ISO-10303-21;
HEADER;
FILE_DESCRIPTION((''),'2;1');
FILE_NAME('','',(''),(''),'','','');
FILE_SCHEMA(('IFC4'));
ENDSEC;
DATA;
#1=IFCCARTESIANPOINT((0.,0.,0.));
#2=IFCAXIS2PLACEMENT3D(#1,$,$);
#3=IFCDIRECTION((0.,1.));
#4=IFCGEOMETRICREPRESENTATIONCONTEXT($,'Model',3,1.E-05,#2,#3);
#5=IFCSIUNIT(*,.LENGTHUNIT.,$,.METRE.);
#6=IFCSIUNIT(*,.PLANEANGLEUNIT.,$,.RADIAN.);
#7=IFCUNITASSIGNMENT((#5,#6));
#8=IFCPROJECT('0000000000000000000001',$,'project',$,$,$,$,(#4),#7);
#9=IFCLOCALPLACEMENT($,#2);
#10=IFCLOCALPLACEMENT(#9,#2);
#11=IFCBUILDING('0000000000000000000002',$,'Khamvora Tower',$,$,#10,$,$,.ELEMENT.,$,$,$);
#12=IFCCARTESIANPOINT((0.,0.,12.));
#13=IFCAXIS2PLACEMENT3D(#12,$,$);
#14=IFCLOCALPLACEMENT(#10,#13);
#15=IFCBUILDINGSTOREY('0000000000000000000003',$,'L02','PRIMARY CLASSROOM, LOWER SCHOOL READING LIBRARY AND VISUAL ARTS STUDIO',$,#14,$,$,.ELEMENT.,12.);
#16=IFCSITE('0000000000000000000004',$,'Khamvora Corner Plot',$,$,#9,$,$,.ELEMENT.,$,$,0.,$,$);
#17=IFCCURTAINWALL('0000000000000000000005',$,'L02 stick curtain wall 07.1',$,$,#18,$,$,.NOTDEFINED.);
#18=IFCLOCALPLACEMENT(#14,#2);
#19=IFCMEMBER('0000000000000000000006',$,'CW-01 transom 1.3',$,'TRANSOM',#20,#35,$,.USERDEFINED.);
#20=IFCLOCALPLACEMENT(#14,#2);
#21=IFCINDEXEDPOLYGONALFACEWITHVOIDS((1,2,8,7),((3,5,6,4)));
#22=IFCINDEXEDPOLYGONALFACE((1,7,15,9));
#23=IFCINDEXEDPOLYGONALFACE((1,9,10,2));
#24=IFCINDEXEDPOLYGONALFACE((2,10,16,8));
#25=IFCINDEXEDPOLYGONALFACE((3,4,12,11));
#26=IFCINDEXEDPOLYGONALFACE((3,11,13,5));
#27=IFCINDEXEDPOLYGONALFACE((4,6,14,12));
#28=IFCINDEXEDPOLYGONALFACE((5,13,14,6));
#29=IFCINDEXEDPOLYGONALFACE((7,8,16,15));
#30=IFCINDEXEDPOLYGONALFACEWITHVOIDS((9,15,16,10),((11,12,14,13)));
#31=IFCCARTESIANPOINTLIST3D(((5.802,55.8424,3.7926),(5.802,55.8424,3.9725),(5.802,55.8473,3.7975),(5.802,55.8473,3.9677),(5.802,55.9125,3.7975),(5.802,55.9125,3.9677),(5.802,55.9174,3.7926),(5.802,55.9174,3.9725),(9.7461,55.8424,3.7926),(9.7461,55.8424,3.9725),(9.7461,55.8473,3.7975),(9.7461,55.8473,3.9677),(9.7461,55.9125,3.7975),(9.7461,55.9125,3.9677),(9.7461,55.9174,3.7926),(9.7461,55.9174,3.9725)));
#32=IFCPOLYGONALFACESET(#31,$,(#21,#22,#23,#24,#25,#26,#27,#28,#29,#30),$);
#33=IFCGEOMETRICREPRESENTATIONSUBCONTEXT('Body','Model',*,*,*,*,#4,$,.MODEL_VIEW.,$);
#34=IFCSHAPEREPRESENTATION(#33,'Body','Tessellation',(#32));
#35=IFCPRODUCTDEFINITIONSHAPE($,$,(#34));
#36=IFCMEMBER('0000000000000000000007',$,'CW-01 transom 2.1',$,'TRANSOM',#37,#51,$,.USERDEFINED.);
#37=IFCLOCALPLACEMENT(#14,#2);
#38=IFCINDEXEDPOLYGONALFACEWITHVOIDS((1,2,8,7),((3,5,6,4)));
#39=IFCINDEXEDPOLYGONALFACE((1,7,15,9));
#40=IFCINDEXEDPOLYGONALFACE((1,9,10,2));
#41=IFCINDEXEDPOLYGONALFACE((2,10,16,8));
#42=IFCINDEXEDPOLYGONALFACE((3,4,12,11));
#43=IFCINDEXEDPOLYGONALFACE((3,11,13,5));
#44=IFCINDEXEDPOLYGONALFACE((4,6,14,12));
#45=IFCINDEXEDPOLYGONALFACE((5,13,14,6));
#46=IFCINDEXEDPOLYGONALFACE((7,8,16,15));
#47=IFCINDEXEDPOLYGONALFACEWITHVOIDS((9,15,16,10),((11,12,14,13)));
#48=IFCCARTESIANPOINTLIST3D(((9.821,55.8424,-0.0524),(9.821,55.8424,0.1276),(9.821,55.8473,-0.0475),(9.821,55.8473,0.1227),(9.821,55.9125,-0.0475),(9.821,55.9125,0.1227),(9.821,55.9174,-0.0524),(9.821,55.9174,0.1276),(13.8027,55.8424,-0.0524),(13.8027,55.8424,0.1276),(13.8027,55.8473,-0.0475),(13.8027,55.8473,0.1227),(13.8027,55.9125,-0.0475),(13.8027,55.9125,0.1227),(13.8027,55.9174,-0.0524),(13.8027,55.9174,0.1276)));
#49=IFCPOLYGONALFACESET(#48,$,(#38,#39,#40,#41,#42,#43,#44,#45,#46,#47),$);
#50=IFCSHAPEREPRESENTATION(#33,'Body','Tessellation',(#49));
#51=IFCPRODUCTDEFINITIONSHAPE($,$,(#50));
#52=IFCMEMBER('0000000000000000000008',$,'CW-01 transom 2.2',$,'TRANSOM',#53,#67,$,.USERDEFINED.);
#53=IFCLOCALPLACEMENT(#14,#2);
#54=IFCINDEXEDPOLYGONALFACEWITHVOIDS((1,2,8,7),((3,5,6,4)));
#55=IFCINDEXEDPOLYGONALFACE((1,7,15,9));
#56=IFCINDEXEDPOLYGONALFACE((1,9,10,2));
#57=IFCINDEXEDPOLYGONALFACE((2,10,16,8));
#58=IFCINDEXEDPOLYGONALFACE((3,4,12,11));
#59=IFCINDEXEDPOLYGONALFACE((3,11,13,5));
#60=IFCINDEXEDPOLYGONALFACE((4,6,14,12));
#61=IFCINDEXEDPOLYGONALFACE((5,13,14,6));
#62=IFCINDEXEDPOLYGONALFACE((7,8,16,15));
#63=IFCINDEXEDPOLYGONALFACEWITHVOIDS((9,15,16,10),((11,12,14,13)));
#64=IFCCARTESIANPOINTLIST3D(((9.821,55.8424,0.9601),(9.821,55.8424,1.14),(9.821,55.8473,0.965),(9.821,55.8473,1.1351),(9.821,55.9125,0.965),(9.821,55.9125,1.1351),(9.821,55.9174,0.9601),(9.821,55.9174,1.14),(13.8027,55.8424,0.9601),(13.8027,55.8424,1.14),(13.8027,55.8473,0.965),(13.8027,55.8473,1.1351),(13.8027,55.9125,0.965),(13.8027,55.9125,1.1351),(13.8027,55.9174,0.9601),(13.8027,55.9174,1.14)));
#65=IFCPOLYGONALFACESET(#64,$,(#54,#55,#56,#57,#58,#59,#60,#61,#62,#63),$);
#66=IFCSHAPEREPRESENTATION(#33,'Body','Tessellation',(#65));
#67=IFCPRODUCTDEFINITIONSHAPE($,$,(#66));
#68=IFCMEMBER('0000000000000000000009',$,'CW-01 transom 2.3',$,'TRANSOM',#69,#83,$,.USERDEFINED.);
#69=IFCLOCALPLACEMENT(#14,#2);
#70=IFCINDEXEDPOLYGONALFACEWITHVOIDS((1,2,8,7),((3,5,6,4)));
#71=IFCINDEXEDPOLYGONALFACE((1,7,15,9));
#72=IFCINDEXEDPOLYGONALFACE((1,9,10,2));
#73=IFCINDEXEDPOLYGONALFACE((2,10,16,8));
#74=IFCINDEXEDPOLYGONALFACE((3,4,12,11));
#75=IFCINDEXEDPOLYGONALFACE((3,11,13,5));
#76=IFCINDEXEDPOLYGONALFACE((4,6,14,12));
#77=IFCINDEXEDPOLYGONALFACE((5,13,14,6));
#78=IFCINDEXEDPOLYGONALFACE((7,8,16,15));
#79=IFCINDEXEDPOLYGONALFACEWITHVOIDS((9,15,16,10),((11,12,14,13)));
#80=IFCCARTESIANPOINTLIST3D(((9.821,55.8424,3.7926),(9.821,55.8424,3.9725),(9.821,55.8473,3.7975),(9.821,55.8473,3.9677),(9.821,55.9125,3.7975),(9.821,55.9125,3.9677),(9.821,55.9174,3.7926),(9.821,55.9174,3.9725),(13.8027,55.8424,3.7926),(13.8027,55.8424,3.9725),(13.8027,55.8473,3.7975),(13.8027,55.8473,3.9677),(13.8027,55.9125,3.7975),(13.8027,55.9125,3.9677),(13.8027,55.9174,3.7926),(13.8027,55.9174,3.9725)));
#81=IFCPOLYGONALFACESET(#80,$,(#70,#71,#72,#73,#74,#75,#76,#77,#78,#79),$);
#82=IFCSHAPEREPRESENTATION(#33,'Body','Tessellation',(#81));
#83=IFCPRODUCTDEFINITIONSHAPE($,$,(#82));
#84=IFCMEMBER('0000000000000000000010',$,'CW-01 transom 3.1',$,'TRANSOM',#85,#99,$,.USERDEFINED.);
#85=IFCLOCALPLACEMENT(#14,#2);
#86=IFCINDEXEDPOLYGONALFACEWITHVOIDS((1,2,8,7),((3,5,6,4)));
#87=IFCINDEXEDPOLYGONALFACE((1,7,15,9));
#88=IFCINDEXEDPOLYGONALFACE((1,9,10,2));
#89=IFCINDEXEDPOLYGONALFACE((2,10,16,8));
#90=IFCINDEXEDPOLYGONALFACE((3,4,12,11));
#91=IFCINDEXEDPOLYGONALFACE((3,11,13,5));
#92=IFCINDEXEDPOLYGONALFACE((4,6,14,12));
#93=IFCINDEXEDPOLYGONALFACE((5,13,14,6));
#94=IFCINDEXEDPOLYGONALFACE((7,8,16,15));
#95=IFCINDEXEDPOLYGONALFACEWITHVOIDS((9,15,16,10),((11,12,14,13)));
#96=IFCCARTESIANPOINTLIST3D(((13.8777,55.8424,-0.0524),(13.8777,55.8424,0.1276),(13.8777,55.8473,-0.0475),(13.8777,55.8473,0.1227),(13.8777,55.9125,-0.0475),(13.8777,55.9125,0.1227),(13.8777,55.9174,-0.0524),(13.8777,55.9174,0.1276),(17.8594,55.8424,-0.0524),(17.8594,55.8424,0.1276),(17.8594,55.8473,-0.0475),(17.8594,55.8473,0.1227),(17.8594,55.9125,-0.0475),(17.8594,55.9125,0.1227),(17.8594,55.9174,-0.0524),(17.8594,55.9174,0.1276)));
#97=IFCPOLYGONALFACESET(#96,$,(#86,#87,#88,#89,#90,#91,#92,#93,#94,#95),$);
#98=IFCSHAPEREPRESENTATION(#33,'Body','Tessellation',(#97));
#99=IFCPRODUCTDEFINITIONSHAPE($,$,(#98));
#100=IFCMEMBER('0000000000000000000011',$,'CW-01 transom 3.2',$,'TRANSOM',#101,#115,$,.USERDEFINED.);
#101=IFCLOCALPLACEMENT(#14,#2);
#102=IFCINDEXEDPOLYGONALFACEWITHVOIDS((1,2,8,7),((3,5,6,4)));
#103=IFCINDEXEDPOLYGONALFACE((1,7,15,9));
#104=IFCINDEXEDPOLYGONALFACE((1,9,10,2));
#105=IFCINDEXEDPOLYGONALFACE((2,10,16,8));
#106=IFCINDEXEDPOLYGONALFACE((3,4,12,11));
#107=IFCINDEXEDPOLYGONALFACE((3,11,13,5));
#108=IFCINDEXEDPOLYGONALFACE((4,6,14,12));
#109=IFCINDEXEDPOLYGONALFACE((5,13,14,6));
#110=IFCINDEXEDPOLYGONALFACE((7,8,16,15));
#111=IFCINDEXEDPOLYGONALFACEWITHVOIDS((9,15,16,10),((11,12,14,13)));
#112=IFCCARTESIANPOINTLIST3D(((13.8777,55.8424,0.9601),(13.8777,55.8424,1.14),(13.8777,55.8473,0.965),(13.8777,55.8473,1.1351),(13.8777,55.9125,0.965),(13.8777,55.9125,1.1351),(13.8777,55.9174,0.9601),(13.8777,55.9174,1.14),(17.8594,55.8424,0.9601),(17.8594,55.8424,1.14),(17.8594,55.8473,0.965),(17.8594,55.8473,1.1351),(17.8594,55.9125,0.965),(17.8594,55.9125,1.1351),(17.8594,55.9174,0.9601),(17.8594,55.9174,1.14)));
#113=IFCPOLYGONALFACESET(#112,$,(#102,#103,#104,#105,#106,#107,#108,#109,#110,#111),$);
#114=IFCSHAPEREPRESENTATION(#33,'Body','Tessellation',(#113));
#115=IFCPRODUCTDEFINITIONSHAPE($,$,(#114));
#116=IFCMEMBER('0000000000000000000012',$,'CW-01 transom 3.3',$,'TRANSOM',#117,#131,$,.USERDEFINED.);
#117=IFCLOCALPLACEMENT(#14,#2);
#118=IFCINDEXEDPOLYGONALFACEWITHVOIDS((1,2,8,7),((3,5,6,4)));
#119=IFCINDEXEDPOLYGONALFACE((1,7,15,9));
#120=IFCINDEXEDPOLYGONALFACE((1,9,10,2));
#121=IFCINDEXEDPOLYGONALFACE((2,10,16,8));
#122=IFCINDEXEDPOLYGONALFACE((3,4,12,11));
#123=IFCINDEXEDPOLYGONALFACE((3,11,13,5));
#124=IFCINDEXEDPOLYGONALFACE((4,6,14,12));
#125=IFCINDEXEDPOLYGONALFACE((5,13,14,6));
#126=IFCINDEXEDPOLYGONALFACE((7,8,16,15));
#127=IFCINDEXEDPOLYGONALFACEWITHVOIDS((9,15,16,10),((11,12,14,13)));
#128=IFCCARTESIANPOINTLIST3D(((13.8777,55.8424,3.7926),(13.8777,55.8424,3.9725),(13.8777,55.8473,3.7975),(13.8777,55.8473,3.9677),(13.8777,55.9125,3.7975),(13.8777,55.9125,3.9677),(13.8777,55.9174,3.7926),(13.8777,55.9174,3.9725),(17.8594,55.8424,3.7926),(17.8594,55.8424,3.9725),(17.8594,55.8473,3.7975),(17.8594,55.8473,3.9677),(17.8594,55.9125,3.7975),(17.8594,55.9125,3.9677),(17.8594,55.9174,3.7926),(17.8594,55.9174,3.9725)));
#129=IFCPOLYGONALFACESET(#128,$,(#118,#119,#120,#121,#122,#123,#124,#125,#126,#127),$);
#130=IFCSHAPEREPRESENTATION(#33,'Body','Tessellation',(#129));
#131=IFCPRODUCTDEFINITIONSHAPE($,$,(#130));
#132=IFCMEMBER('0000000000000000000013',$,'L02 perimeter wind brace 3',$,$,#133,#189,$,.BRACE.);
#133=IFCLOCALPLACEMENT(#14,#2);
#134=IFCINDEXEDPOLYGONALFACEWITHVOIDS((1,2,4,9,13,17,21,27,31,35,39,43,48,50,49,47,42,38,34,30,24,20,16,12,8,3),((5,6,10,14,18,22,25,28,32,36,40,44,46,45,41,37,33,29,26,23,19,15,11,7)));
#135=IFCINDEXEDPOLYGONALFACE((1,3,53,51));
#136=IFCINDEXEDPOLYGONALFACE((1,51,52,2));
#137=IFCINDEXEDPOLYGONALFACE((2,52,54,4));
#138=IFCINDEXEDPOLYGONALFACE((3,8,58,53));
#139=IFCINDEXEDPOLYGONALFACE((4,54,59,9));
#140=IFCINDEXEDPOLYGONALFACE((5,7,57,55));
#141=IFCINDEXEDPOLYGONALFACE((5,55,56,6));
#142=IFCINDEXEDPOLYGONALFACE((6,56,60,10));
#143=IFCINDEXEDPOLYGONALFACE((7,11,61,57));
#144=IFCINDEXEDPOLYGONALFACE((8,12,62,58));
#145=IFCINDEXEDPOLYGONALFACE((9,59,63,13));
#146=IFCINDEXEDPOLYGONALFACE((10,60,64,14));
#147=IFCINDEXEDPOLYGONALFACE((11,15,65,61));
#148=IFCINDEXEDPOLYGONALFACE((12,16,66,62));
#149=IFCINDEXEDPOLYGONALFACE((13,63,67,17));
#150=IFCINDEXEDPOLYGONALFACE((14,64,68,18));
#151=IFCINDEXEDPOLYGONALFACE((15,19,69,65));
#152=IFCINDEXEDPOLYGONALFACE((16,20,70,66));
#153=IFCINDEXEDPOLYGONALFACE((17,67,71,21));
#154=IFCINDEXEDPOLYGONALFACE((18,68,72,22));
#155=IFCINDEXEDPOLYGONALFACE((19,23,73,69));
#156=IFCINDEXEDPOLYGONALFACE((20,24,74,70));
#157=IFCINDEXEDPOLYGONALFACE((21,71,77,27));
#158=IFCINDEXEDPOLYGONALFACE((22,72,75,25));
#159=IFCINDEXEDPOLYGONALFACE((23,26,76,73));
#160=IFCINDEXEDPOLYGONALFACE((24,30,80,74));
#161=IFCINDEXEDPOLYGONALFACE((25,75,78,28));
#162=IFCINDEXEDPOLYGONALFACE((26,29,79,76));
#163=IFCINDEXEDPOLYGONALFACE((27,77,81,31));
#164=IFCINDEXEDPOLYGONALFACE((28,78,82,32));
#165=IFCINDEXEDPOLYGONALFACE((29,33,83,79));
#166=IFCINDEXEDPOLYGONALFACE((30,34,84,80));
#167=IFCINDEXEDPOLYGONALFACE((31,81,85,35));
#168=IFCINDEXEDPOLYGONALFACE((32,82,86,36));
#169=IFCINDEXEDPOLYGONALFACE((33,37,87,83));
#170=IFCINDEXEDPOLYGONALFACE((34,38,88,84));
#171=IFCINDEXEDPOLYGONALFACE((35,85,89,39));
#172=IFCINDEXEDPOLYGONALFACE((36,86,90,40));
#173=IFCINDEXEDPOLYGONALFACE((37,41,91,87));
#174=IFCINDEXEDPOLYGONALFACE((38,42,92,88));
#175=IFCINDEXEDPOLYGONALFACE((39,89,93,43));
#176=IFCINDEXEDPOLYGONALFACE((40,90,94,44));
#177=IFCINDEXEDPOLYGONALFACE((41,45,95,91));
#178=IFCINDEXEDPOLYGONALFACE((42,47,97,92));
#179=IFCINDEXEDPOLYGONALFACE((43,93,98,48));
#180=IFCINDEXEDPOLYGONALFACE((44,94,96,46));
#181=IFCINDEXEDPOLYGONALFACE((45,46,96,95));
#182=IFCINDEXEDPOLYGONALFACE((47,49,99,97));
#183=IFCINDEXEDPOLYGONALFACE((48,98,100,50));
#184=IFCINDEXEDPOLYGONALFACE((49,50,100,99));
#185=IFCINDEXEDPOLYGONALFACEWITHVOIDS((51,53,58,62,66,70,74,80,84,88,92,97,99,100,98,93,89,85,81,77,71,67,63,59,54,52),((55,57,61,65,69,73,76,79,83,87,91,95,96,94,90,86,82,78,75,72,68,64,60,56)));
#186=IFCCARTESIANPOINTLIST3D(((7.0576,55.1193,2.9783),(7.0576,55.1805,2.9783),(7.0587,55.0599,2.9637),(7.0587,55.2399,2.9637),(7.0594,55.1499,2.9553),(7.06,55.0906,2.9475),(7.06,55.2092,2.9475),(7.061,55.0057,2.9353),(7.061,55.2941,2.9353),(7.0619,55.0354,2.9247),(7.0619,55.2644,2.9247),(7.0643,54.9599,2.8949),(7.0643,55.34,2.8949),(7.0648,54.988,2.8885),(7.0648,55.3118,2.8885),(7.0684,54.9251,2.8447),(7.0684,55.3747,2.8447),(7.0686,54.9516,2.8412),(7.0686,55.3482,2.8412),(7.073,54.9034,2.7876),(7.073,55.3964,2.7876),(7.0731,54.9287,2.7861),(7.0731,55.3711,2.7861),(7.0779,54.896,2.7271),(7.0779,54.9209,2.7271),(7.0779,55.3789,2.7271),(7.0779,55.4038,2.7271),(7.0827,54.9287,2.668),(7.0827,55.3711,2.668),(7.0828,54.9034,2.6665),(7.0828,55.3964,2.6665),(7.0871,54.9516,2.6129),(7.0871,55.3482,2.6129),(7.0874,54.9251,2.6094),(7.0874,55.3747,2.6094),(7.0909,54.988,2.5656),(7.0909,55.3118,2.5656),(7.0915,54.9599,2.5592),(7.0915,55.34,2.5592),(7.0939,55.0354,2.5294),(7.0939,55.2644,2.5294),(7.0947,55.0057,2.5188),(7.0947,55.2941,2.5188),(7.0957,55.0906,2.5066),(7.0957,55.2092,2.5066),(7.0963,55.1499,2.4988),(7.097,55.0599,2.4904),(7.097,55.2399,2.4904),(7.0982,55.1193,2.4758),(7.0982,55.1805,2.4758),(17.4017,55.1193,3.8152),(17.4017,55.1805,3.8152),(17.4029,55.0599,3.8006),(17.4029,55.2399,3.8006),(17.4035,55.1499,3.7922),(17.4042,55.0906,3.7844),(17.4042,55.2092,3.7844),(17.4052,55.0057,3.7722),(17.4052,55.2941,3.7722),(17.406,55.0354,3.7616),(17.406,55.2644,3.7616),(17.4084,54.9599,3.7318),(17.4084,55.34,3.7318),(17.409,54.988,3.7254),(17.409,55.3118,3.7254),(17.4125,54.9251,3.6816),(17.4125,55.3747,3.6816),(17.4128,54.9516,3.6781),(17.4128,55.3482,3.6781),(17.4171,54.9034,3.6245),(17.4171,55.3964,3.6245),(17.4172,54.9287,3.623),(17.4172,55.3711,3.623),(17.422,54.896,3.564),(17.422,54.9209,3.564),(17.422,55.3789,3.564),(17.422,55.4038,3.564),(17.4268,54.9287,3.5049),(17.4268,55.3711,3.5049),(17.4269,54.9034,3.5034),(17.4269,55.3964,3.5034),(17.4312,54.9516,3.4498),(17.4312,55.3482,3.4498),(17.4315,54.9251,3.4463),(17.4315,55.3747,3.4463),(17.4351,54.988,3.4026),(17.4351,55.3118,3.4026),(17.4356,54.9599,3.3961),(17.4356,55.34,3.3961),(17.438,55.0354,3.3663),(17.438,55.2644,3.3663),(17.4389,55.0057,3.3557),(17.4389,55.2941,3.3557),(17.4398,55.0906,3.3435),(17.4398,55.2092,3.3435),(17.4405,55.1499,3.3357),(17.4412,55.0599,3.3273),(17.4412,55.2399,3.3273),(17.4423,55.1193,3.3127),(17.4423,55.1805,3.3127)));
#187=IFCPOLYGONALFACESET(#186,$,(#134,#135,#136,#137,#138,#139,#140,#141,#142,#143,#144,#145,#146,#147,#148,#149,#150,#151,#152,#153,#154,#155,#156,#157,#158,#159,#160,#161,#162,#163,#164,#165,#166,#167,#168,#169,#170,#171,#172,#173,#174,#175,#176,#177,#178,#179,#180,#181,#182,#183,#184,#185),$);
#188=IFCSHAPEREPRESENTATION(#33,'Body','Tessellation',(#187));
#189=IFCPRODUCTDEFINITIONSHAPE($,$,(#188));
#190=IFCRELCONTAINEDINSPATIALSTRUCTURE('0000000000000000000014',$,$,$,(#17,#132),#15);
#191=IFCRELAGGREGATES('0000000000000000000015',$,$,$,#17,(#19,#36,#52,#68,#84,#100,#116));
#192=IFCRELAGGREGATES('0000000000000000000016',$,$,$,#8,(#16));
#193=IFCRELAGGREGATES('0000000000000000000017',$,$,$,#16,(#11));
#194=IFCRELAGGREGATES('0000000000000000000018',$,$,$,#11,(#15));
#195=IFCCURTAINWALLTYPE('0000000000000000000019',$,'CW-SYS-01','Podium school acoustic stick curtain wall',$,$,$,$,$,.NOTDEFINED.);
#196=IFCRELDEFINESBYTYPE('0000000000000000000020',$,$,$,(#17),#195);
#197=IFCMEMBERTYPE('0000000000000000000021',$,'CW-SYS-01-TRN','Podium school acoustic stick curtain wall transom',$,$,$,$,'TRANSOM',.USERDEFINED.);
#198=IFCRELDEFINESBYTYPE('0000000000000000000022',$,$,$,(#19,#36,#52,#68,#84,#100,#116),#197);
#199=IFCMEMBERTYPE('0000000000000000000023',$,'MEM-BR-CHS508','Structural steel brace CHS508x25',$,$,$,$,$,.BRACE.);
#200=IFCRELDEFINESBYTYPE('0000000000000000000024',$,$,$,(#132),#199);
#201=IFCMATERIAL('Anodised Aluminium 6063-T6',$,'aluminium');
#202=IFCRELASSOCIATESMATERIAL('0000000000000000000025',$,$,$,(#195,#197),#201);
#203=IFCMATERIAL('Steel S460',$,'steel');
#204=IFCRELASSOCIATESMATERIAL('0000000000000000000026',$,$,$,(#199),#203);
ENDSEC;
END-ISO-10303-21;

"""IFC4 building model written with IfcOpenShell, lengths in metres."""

from ifc_helpers import new_model, si_unit, direction, frame, origin, origin_2d, place, context, subcontext, project, spatial, hollow_rectangle, hollow_circle, extrude, material, material_profile, profile_set, type_object, element, aggregate, save


model = new_model("IFC4")

# Units and contexts
model_context = context("Model", 3, precision=1e-05, world=origin(), true_north=direction((0.0, 1.0)))
body_context = subcontext(model_context, "Body", "Model", "MODEL_VIEW")
ifc_project = project(units=[si_unit("LENGTHUNIT", "METRE"), si_unit("PLANEANGLEUNIT", "RADIAN")], contexts=[model_context])

# Site, building, storey
site_placement = place(None, origin())
site = spatial("IfcSite", under=ifc_project, at=site_placement, Name="Khamvora Corner Plot", CompositionType="ELEMENT", RefElevation=0.0)
building_placement = place(site_placement, origin())
building = spatial("IfcBuilding", under=site, at=building_placement, Name="Khamvora Tower", CompositionType="ELEMENT")
storey_placement = place(building_placement, frame((0.0, 0.0, 12.0)))
storey = spatial("IfcBuildingStorey", under=building, at=storey_placement, Name="L02", Description="PRIMARY CLASSROOM, LOWER SCHOOL READING LIBRARY AND VISUAL ARTS STUDIO", CompositionType="ELEMENT", Elevation=12.0)

# Shared definitions
ifc_material_1 = material(Name="Steel S460", Category="steel")

# Curtain wall, members
ifc_material_2 = material(Name="Anodised Aluminium 6063-T6", Category="aluminium")
curtain_wall_type = type_object("IfcCurtainWallType", Name="CW-SYS-01", Description="Podium school acoustic stick curtain wall", PredefinedType="NOTDEFINED", material=ifc_material_2)
curtain_wall_placement = place(storey_placement, origin())
curtain_wall = element("IfcCurtainWall", 1, at=curtain_wall_placement, inside=storey, type_object=curtain_wall_type, Name="L02 stick curtain wall 07.1", PredefinedType="NOTDEFINED")
ifc_material_profile_1 = material_profile(ifc_material_2, hollow_rectangle(XDim=0.075, YDim=0.1799, WallThickness=0.0049, at=origin_2d()), Name="TRN75x180x5")
ifc_profile_set_1 = profile_set([ifc_material_profile_1], Name="Anodised Aluminium 6063-T6")
member_type_1 = type_object("IfcMemberType", Name="CW-SYS-01-TRN", Description="Podium school acoustic stick curtain wall transom", ElementType="TRANSOM", PredefinedType="USERDEFINED", material=ifc_profile_set_1)
member_1_placement = place(storey_placement, frame((5.802, 55.8799, 3.8826), z_axis=(1.0, 0.0, 0.0), x_axis=(0.0, 1.0, 0.0)))
member_1 = element("IfcMember", 2, at=member_1_placement, type_object=member_type_1, Name="CW-01 transom 1.3", ObjectType="TRANSOM", PredefinedType="USERDEFINED", context=body_context, shape_type="SweptSolid", body=[
    extrude(hollow_rectangle(XDim=0.075, YDim=0.1799, WallThickness=0.0049, at=origin_2d()), origin(), (0.0, 0.0, 1.0), 3.9441),
])
member_2_placement = place(storey_placement, frame((9.821, 55.8799, 0.0376), z_axis=(1.0, 0.0, 0.0), x_axis=(0.0, 1.0, 0.0)))
member_2 = element("IfcMember", 3, at=member_2_placement, type_object=member_type_1, Name="CW-01 transom 2.1", ObjectType="TRANSOM", PredefinedType="USERDEFINED", context=body_context, shape_type="SweptSolid", body=[
    extrude(hollow_rectangle(XDim=0.075, YDim=0.1799, WallThickness=0.0049, at=origin_2d()), origin(), (0.0, 0.0, 1.0), 3.9817),
])
member_3_placement = place(storey_placement, frame((9.821, 55.8799, 1.05), z_axis=(1.0, 0.0, 0.0), x_axis=(0.0, 1.0, 0.0)))
member_3 = element("IfcMember", 4, at=member_3_placement, type_object=member_type_1, Name="CW-01 transom 2.2", ObjectType="TRANSOM", PredefinedType="USERDEFINED", context=body_context, shape_type="SweptSolid", body=[
    extrude(hollow_rectangle(XDim=0.075, YDim=0.1799, WallThickness=0.0049, at=origin_2d()), origin(), (0.0, 0.0, 1.0), 3.9817),
])
member_4_placement = place(storey_placement, frame((9.821, 55.8799, 3.8826), z_axis=(1.0, 0.0, 0.0), x_axis=(0.0, 1.0, 0.0)))
member_4 = element("IfcMember", 5, at=member_4_placement, type_object=member_type_1, Name="CW-01 transom 2.3", ObjectType="TRANSOM", PredefinedType="USERDEFINED", context=body_context, shape_type="SweptSolid", body=[
    extrude(hollow_rectangle(XDim=0.075, YDim=0.1799, WallThickness=0.0049, at=origin_2d()), origin(), (0.0, 0.0, 1.0), 3.9817),
])
member_5_placement = place(storey_placement, frame((13.8777, 55.8799, 0.0376), z_axis=(1.0, 0.0, 0.0), x_axis=(0.0, 1.0, 0.0)))
member_5 = element("IfcMember", 6, at=member_5_placement, type_object=member_type_1, Name="CW-01 transom 3.1", ObjectType="TRANSOM", PredefinedType="USERDEFINED", context=body_context, shape_type="SweptSolid", body=[
    extrude(hollow_rectangle(XDim=0.075, YDim=0.1799, WallThickness=0.0049, at=origin_2d()), origin(), (0.0, 0.0, 1.0), 3.9817),
])
member_6_placement = place(storey_placement, frame((13.8777, 55.8799, 1.05), z_axis=(1.0, 0.0, 0.0), x_axis=(0.0, 1.0, 0.0)))
member_6 = element("IfcMember", 7, at=member_6_placement, type_object=member_type_1, Name="CW-01 transom 3.2", ObjectType="TRANSOM", PredefinedType="USERDEFINED", context=body_context, shape_type="SweptSolid", body=[
    extrude(hollow_rectangle(XDim=0.075, YDim=0.1799, WallThickness=0.0049, at=origin_2d()), origin(), (0.0, 0.0, 1.0), 3.9817),
])
member_7_placement = place(storey_placement, frame((13.8777, 55.8799, 3.8826), z_axis=(1.0, 0.0, 0.0), x_axis=(0.0, 1.0, 0.0)))
member_7 = element("IfcMember", 8, at=member_7_placement, type_object=member_type_1, Name="CW-01 transom 3.3", ObjectType="TRANSOM", PredefinedType="USERDEFINED", context=body_context, shape_type="SweptSolid", body=[
    extrude(hollow_rectangle(XDim=0.075, YDim=0.1799, WallThickness=0.0049, at=origin_2d()), origin(), (0.0, 0.0, 1.0), 3.9817),
])

# Member
ifc_material_profile_2 = material_profile(ifc_material_1, hollow_circle(Radius=0.2539, WallThickness=0.0249, at=origin_2d()), Name="CHS508x25")
ifc_profile_set_2 = profile_set([ifc_material_profile_2], Name="Steel S460")
member_type_2 = type_object("IfcMemberType", Name="MEM-BR-CHS508", Description="Structural steel brace CHS508x25", PredefinedType="BRACE", material=ifc_profile_set_2)
member_8_placement = place(storey_placement, frame((7.0779, 55.1499, 2.7271), z_axis=(0.996743, 0.0, 0.080643), x_axis=(0.0, 1.0, 0.0)))
element("IfcMember", 9, at=member_8_placement, inside=storey, type_object=member_type_2, Name="L02 perimeter wind brace 3", PredefinedType="BRACE", context=body_context, shape_type="SweptSolid", body=[
    extrude(hollow_circle(Radius=0.2539, WallThickness=0.0249, at=origin_2d()), origin(), (0.0, 0.0, 1.0), 10.3779),
])

aggregate(curtain_wall, [member_1, member_2, member_3, member_4, member_5, member_6, member_7])

save(model, "model.ifc")
